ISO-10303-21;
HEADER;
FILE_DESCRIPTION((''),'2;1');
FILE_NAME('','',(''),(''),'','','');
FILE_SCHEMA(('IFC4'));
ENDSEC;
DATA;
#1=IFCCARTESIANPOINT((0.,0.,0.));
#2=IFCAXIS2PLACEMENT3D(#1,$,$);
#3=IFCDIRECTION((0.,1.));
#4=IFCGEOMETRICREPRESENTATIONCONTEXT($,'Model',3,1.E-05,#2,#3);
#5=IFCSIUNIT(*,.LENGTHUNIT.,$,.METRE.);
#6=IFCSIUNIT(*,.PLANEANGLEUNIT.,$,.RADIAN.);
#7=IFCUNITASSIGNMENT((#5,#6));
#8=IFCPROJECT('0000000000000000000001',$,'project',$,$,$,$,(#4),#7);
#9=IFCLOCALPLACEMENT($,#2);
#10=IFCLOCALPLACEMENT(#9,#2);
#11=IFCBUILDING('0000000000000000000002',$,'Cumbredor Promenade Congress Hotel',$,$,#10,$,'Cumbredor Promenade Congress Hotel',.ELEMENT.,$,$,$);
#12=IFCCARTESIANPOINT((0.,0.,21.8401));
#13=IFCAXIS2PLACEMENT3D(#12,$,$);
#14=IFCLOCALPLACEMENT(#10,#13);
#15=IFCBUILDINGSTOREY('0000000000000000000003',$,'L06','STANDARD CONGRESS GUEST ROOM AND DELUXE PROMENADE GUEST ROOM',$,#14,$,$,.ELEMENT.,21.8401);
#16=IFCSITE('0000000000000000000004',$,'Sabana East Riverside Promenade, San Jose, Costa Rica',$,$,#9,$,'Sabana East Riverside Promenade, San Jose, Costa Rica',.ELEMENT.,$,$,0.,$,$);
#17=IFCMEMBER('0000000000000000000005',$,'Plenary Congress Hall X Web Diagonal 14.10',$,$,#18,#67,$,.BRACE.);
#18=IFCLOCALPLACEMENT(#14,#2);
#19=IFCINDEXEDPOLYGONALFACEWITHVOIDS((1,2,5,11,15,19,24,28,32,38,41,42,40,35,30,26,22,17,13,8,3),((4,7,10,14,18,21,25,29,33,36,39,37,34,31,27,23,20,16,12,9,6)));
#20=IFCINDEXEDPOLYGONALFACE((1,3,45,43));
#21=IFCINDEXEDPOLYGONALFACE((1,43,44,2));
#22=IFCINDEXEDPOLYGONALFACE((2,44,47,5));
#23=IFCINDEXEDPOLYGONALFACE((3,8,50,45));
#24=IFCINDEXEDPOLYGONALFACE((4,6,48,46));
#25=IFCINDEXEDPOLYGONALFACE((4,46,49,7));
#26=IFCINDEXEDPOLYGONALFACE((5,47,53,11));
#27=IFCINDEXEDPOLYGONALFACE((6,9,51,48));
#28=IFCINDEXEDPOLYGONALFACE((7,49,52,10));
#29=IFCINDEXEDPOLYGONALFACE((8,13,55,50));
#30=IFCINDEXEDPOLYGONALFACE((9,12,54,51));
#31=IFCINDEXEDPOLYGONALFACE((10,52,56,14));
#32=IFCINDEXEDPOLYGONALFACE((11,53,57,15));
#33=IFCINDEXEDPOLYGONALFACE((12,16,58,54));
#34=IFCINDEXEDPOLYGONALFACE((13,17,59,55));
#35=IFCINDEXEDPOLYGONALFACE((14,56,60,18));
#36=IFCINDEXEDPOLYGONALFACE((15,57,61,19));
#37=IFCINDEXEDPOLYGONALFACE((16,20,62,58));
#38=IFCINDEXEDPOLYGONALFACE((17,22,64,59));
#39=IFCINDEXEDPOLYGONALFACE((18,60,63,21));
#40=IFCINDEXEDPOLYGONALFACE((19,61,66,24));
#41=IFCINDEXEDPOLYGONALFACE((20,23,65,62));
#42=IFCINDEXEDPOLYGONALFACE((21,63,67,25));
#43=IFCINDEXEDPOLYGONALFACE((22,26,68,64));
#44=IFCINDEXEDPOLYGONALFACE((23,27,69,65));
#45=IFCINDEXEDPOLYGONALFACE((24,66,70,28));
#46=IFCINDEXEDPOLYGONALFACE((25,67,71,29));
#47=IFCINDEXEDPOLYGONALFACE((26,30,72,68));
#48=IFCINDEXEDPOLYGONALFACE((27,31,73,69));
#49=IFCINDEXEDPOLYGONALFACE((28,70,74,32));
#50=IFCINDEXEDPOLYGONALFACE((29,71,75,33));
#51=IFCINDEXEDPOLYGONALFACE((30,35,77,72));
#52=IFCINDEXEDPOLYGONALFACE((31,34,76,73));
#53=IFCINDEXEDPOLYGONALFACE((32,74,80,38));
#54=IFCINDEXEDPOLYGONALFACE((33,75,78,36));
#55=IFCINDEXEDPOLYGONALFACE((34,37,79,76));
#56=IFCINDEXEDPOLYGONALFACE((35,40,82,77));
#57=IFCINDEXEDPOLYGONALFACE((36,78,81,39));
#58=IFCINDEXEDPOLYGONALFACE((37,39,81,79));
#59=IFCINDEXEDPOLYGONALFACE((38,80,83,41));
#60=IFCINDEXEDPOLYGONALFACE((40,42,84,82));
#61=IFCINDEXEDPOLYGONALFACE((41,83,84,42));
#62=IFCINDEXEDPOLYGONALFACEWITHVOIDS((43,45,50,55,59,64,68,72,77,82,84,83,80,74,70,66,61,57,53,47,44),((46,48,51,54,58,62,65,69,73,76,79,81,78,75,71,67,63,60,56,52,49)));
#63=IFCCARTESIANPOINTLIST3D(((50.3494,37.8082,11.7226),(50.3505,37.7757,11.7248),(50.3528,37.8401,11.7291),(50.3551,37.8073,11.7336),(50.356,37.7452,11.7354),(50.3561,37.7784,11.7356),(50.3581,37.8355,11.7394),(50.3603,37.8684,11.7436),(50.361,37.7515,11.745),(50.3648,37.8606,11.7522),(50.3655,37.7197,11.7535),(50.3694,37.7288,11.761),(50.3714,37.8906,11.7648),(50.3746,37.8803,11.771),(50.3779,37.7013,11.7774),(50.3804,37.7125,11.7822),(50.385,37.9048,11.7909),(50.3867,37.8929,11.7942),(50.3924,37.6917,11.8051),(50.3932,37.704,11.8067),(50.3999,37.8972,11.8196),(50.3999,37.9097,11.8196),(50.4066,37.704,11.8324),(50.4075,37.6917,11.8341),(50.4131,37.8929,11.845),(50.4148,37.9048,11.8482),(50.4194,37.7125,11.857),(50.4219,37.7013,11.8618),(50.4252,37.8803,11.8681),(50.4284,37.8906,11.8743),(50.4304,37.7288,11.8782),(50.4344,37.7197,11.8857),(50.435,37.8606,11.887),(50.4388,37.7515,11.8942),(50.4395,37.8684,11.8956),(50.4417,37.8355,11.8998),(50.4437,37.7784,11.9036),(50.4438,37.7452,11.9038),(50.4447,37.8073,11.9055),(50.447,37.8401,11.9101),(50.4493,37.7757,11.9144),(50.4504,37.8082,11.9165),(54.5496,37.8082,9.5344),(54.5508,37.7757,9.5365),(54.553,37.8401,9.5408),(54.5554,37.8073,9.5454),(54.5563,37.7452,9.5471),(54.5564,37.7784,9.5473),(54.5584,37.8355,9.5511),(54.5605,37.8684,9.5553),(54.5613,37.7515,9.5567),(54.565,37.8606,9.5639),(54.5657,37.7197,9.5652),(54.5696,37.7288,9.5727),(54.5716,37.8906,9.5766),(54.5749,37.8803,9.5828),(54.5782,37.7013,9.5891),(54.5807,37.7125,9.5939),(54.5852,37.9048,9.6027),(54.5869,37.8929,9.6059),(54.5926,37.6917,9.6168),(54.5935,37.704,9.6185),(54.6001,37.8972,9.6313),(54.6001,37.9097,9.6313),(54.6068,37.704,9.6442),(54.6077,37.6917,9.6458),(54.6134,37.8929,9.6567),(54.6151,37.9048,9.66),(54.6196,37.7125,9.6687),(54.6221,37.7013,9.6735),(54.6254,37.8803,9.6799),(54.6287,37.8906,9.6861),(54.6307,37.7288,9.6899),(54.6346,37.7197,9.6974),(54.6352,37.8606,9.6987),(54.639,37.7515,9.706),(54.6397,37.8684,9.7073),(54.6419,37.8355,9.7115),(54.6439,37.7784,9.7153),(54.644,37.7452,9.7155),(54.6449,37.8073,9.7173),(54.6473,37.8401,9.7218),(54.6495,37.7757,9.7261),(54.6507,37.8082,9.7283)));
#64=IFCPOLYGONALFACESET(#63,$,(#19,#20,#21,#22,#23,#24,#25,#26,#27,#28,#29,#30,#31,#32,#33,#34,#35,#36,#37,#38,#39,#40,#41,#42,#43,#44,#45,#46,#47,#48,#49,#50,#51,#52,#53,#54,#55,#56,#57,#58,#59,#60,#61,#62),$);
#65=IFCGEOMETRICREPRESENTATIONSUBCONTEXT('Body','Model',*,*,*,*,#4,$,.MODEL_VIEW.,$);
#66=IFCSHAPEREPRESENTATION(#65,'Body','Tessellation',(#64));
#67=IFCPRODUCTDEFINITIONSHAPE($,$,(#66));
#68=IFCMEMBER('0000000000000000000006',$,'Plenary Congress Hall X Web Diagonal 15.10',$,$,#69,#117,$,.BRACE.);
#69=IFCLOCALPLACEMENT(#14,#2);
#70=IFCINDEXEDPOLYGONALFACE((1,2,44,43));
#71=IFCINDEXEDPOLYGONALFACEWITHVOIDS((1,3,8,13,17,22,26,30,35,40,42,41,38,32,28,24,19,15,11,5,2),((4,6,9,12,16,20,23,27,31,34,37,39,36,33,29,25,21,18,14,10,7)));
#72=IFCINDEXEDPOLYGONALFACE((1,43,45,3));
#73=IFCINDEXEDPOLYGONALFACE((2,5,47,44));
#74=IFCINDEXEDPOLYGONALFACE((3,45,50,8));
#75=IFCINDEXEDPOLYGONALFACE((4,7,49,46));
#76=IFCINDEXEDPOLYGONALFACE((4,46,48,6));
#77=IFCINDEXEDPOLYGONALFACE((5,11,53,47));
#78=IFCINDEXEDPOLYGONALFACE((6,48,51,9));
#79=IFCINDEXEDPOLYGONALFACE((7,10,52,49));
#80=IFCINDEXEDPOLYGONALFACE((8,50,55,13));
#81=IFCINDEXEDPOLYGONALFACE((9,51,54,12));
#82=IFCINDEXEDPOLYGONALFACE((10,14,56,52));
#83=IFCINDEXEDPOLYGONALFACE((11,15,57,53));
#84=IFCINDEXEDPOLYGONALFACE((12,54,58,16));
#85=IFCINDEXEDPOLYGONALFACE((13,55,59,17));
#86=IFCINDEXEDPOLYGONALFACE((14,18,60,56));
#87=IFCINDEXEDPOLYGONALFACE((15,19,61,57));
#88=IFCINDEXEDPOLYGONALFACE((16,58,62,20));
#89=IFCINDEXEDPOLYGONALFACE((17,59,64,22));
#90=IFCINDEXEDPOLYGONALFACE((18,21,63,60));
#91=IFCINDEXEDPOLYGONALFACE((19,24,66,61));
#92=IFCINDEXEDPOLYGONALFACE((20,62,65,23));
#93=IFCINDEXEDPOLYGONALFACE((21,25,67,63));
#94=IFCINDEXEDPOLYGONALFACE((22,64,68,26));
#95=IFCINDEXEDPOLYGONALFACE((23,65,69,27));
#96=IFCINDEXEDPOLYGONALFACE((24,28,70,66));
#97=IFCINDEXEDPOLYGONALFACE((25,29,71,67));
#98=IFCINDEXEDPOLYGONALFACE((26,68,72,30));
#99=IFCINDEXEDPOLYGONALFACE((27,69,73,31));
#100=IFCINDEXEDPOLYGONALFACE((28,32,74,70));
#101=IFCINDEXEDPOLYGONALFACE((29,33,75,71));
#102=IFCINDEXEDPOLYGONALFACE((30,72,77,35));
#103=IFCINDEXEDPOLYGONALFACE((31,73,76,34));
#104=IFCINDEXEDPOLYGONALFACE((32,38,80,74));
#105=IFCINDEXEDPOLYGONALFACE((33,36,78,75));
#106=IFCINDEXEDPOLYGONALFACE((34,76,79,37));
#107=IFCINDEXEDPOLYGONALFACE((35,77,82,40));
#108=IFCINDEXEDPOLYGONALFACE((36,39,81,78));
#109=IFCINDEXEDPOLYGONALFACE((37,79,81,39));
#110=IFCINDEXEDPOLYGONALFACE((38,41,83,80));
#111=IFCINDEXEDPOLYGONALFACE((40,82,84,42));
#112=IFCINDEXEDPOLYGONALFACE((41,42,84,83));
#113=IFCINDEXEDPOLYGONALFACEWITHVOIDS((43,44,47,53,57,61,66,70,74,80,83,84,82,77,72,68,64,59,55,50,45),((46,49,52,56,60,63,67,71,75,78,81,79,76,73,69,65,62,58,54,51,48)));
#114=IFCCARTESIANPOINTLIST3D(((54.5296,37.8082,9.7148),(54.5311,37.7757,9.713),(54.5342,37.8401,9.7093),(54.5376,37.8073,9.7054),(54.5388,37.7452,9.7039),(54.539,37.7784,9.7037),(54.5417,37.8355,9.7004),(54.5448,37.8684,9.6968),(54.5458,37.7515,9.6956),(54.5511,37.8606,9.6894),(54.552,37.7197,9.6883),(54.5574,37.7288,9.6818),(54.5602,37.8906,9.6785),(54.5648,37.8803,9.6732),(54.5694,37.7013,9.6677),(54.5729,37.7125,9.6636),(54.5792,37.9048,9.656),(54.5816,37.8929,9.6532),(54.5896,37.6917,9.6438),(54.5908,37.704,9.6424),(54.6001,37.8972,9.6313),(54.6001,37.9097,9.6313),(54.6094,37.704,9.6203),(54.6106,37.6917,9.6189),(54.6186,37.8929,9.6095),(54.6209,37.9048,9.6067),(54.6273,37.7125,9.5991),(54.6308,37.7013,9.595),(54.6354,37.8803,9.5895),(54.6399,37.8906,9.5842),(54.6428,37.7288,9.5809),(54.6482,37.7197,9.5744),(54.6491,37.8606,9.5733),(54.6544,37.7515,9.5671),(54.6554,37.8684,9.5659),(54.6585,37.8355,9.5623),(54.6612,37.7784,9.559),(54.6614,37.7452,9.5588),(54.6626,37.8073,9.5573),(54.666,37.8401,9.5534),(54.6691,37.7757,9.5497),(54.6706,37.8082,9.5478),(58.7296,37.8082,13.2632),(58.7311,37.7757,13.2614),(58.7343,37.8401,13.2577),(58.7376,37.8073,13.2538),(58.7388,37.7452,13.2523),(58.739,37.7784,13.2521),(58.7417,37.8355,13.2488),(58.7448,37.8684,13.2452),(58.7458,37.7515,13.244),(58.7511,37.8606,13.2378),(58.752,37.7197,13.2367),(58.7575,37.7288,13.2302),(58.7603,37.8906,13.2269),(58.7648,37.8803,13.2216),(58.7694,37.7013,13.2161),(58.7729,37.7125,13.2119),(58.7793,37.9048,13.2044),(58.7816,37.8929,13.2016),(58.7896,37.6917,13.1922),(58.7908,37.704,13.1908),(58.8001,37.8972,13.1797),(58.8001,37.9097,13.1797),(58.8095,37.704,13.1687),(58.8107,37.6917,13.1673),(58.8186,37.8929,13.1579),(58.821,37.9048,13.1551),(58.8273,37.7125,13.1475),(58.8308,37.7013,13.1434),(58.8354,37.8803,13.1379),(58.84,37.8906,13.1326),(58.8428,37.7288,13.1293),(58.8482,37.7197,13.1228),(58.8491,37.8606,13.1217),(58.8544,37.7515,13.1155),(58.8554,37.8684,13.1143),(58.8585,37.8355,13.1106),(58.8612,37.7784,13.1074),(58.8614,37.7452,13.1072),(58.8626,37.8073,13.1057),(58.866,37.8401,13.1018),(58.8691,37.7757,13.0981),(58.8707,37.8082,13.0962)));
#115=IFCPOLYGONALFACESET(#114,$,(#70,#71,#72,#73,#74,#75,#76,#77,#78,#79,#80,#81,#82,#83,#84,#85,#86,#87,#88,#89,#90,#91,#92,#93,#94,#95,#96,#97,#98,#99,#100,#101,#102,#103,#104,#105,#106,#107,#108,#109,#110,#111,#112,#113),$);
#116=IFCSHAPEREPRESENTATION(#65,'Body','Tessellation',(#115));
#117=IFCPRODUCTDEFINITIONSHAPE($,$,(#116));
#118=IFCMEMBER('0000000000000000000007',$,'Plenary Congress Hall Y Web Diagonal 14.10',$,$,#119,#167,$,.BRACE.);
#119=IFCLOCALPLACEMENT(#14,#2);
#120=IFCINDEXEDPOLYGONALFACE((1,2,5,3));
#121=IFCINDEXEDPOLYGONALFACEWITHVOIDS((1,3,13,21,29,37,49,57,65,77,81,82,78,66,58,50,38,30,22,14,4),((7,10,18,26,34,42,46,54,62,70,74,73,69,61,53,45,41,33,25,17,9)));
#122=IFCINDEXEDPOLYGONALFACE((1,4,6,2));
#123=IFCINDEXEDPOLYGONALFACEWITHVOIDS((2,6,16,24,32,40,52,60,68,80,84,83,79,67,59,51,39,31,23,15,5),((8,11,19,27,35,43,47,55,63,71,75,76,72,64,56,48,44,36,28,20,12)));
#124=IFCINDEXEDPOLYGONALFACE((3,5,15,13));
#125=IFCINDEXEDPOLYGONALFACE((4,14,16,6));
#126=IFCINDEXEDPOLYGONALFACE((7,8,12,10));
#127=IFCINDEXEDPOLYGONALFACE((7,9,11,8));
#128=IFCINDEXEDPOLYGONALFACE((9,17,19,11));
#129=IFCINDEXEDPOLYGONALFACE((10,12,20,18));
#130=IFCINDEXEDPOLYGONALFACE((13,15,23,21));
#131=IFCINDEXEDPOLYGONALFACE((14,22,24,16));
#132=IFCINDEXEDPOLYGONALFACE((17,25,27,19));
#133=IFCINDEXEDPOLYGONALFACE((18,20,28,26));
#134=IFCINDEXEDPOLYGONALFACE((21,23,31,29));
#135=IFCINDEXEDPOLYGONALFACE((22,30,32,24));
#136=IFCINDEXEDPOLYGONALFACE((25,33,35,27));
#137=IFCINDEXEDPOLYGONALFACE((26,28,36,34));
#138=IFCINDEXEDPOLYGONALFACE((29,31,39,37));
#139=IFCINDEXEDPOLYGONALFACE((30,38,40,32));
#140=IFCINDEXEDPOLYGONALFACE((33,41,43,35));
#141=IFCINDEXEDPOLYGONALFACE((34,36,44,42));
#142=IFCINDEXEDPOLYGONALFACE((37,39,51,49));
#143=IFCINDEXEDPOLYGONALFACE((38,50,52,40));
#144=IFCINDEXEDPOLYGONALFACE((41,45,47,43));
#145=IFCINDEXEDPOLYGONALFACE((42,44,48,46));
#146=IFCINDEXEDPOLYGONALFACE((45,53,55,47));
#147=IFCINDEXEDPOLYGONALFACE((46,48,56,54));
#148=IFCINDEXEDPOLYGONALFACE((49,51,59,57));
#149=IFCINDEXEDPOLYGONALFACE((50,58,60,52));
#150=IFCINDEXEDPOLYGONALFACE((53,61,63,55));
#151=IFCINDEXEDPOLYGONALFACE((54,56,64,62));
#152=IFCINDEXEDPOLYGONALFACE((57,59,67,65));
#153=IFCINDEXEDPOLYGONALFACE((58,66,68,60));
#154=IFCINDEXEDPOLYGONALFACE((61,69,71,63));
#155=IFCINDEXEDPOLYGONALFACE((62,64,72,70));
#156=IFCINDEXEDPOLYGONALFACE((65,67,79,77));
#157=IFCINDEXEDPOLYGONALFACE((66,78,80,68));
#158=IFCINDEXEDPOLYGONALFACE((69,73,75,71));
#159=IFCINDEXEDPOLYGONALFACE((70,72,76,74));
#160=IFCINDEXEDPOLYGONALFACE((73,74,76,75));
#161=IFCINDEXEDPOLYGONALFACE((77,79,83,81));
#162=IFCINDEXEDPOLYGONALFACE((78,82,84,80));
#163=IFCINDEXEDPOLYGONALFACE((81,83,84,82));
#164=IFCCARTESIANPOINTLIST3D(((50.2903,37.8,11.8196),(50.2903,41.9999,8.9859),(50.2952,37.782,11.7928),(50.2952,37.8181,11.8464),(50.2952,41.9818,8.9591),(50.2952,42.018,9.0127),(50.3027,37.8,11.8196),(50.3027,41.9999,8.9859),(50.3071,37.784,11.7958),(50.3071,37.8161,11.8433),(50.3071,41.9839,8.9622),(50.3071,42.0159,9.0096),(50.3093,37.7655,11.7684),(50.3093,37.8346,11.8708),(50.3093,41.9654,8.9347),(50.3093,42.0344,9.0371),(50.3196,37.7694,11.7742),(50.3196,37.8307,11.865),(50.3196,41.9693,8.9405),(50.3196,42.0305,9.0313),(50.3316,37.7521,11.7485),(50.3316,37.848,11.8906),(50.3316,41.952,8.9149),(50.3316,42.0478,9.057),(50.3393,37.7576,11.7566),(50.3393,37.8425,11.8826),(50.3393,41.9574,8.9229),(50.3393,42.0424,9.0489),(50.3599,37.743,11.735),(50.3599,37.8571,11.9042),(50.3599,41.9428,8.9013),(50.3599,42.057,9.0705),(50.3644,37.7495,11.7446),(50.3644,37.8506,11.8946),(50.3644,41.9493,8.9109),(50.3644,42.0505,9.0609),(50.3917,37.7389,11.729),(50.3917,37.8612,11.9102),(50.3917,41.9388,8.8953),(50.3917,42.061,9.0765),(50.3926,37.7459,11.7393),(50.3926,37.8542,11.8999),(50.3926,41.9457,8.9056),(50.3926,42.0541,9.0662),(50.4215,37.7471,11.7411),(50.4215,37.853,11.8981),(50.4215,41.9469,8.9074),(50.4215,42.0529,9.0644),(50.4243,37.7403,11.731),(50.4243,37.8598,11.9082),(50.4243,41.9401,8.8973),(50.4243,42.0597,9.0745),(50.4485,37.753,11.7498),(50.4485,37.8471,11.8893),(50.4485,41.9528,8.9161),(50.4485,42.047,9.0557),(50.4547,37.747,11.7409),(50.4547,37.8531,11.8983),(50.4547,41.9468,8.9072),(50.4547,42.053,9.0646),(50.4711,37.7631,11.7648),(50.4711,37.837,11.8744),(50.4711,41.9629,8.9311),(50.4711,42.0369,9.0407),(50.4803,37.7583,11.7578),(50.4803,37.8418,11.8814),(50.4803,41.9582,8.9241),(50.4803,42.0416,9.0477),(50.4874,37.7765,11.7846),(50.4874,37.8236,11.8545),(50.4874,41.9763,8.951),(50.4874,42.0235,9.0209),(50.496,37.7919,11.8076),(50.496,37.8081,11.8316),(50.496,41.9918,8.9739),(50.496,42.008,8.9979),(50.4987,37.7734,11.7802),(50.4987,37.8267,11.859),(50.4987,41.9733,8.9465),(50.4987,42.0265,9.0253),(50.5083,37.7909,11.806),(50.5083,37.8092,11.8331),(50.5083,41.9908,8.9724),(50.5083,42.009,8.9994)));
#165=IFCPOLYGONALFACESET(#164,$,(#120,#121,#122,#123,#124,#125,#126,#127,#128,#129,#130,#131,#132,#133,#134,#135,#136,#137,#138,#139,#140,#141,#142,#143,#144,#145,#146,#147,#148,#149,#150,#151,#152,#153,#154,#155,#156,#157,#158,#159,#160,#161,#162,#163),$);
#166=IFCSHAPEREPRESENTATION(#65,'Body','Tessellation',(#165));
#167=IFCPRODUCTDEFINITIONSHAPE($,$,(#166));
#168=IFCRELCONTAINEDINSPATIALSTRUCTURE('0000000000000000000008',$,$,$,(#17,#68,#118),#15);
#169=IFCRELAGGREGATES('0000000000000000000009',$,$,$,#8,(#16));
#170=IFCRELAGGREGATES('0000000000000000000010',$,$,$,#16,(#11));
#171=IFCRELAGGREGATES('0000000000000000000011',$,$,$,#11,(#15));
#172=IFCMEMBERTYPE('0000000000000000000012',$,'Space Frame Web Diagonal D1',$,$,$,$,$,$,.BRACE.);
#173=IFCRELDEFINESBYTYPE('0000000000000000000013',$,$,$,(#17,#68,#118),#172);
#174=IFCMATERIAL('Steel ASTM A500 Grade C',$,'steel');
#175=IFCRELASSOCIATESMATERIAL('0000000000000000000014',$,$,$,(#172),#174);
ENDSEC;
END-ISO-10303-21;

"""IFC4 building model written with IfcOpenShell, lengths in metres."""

from ifc_helpers import new_model, si_unit, direction, frame, origin, origin_2d, place, context, subcontext, project, spatial, hollow_circle, extrude, material, material_profile, profile_set, type_object, element, save


model = new_model("IFC4")

# Units and contexts
model_context = context("Model", 3, precision=1e-05, world=origin(), true_north=direction((0.0, 1.0)))
body_context = subcontext(model_context, "Body", "Model", "MODEL_VIEW")
ifc_project = project(units=[si_unit("LENGTHUNIT", "METRE"), si_unit("PLANEANGLEUNIT", "RADIAN")], contexts=[model_context])

# Site, building, storey
site_placement = place(None, origin())
site = spatial("IfcSite", under=ifc_project, at=site_placement, Name="Sabana East Riverside Promenade, San Jose, Costa Rica", LongName="Sabana East Riverside Promenade, San Jose, Costa Rica", CompositionType="ELEMENT", RefElevation=0.0)
building_placement = place(site_placement, origin())
building = spatial("IfcBuilding", under=site, at=building_placement, Name="Cumbredor Promenade Congress Hotel", LongName="Cumbredor Promenade Congress Hotel", CompositionType="ELEMENT")
storey_placement = place(building_placement, frame((0.0, 0.0, 21.8401)))
storey = spatial("IfcBuildingStorey", under=building, at=storey_placement, Name="L06", Description="STANDARD CONGRESS GUEST ROOM AND DELUXE PROMENADE GUEST ROOM", CompositionType="ELEMENT", Elevation=21.8401)

# Members
ifc_material_1 = material(Name="Steel ASTM A500 Grade C", Category="steel")
ifc_material_profile_1 = material_profile(ifc_material_1, hollow_circle(Radius=0.1096, WallThickness=0.0125, at=origin_2d()), Name="CHS 219.1x12.5")
ifc_profile_set_1 = profile_set([ifc_material_profile_1], Name="Steel ASTM A500 Grade C")
member_type_1 = type_object("IfcMemberType", Name="Space Frame Web Diagonal D1", PredefinedType="BRACE", material=ifc_profile_set_1)
member_1_placement = place(storey_placement, frame((50.3999, 37.8, 11.8196), z_axis=(0.88686, 0.0, -0.462039), x_axis=(0.0, 1.0, 0.0)))
element("IfcMember", 1, at=member_1_placement, inside=storey, type_object=member_type_1, Name="Plenary Congress Hall X Web Diagonal 14.10", PredefinedType="BRACE", context=body_context, shape_type="SweptSolid", body=[
    extrude(hollow_circle(Radius=0.1096, WallThickness=0.0125, at=origin_2d()), origin(), (0.0, 0.0, 1.0), 4.7361),
])
member_2_placement = place(storey_placement, frame((54.6001, 37.8, 9.6313), z_axis=(0.763876, 0.0, 0.645363), x_axis=(0.0, 1.0, 0.0)))
element("IfcMember", 2, at=member_2_placement, inside=storey, type_object=member_type_1, Name="Plenary Congress Hall X Web Diagonal 15.10", PredefinedType="BRACE", context=body_context, shape_type="SweptSolid", body=[
    extrude(hollow_circle(Radius=0.1096, WallThickness=0.0125, at=origin_2d()), origin(), (0.0, 0.0, 1.0), 5.4983),
])
member_3_placement = place(storey_placement, frame((50.3999, 37.8, 11.8196), z_axis=(0.0, 0.828961, -0.559306), x_axis=(-1.0, 0.0, 0.0)))
element("IfcMember", 3, at=member_3_placement, inside=storey, type_object=member_type_1, Name="Plenary Congress Hall Y Web Diagonal 14.10", PredefinedType="BRACE", context=body_context, shape_type="SweptSolid", body=[
    extrude(hollow_circle(Radius=0.1096, WallThickness=0.0125, at=origin_2d()), origin(), (0.0, 0.0, 1.0), 5.0664),
])

save(model, "model.ifc")
